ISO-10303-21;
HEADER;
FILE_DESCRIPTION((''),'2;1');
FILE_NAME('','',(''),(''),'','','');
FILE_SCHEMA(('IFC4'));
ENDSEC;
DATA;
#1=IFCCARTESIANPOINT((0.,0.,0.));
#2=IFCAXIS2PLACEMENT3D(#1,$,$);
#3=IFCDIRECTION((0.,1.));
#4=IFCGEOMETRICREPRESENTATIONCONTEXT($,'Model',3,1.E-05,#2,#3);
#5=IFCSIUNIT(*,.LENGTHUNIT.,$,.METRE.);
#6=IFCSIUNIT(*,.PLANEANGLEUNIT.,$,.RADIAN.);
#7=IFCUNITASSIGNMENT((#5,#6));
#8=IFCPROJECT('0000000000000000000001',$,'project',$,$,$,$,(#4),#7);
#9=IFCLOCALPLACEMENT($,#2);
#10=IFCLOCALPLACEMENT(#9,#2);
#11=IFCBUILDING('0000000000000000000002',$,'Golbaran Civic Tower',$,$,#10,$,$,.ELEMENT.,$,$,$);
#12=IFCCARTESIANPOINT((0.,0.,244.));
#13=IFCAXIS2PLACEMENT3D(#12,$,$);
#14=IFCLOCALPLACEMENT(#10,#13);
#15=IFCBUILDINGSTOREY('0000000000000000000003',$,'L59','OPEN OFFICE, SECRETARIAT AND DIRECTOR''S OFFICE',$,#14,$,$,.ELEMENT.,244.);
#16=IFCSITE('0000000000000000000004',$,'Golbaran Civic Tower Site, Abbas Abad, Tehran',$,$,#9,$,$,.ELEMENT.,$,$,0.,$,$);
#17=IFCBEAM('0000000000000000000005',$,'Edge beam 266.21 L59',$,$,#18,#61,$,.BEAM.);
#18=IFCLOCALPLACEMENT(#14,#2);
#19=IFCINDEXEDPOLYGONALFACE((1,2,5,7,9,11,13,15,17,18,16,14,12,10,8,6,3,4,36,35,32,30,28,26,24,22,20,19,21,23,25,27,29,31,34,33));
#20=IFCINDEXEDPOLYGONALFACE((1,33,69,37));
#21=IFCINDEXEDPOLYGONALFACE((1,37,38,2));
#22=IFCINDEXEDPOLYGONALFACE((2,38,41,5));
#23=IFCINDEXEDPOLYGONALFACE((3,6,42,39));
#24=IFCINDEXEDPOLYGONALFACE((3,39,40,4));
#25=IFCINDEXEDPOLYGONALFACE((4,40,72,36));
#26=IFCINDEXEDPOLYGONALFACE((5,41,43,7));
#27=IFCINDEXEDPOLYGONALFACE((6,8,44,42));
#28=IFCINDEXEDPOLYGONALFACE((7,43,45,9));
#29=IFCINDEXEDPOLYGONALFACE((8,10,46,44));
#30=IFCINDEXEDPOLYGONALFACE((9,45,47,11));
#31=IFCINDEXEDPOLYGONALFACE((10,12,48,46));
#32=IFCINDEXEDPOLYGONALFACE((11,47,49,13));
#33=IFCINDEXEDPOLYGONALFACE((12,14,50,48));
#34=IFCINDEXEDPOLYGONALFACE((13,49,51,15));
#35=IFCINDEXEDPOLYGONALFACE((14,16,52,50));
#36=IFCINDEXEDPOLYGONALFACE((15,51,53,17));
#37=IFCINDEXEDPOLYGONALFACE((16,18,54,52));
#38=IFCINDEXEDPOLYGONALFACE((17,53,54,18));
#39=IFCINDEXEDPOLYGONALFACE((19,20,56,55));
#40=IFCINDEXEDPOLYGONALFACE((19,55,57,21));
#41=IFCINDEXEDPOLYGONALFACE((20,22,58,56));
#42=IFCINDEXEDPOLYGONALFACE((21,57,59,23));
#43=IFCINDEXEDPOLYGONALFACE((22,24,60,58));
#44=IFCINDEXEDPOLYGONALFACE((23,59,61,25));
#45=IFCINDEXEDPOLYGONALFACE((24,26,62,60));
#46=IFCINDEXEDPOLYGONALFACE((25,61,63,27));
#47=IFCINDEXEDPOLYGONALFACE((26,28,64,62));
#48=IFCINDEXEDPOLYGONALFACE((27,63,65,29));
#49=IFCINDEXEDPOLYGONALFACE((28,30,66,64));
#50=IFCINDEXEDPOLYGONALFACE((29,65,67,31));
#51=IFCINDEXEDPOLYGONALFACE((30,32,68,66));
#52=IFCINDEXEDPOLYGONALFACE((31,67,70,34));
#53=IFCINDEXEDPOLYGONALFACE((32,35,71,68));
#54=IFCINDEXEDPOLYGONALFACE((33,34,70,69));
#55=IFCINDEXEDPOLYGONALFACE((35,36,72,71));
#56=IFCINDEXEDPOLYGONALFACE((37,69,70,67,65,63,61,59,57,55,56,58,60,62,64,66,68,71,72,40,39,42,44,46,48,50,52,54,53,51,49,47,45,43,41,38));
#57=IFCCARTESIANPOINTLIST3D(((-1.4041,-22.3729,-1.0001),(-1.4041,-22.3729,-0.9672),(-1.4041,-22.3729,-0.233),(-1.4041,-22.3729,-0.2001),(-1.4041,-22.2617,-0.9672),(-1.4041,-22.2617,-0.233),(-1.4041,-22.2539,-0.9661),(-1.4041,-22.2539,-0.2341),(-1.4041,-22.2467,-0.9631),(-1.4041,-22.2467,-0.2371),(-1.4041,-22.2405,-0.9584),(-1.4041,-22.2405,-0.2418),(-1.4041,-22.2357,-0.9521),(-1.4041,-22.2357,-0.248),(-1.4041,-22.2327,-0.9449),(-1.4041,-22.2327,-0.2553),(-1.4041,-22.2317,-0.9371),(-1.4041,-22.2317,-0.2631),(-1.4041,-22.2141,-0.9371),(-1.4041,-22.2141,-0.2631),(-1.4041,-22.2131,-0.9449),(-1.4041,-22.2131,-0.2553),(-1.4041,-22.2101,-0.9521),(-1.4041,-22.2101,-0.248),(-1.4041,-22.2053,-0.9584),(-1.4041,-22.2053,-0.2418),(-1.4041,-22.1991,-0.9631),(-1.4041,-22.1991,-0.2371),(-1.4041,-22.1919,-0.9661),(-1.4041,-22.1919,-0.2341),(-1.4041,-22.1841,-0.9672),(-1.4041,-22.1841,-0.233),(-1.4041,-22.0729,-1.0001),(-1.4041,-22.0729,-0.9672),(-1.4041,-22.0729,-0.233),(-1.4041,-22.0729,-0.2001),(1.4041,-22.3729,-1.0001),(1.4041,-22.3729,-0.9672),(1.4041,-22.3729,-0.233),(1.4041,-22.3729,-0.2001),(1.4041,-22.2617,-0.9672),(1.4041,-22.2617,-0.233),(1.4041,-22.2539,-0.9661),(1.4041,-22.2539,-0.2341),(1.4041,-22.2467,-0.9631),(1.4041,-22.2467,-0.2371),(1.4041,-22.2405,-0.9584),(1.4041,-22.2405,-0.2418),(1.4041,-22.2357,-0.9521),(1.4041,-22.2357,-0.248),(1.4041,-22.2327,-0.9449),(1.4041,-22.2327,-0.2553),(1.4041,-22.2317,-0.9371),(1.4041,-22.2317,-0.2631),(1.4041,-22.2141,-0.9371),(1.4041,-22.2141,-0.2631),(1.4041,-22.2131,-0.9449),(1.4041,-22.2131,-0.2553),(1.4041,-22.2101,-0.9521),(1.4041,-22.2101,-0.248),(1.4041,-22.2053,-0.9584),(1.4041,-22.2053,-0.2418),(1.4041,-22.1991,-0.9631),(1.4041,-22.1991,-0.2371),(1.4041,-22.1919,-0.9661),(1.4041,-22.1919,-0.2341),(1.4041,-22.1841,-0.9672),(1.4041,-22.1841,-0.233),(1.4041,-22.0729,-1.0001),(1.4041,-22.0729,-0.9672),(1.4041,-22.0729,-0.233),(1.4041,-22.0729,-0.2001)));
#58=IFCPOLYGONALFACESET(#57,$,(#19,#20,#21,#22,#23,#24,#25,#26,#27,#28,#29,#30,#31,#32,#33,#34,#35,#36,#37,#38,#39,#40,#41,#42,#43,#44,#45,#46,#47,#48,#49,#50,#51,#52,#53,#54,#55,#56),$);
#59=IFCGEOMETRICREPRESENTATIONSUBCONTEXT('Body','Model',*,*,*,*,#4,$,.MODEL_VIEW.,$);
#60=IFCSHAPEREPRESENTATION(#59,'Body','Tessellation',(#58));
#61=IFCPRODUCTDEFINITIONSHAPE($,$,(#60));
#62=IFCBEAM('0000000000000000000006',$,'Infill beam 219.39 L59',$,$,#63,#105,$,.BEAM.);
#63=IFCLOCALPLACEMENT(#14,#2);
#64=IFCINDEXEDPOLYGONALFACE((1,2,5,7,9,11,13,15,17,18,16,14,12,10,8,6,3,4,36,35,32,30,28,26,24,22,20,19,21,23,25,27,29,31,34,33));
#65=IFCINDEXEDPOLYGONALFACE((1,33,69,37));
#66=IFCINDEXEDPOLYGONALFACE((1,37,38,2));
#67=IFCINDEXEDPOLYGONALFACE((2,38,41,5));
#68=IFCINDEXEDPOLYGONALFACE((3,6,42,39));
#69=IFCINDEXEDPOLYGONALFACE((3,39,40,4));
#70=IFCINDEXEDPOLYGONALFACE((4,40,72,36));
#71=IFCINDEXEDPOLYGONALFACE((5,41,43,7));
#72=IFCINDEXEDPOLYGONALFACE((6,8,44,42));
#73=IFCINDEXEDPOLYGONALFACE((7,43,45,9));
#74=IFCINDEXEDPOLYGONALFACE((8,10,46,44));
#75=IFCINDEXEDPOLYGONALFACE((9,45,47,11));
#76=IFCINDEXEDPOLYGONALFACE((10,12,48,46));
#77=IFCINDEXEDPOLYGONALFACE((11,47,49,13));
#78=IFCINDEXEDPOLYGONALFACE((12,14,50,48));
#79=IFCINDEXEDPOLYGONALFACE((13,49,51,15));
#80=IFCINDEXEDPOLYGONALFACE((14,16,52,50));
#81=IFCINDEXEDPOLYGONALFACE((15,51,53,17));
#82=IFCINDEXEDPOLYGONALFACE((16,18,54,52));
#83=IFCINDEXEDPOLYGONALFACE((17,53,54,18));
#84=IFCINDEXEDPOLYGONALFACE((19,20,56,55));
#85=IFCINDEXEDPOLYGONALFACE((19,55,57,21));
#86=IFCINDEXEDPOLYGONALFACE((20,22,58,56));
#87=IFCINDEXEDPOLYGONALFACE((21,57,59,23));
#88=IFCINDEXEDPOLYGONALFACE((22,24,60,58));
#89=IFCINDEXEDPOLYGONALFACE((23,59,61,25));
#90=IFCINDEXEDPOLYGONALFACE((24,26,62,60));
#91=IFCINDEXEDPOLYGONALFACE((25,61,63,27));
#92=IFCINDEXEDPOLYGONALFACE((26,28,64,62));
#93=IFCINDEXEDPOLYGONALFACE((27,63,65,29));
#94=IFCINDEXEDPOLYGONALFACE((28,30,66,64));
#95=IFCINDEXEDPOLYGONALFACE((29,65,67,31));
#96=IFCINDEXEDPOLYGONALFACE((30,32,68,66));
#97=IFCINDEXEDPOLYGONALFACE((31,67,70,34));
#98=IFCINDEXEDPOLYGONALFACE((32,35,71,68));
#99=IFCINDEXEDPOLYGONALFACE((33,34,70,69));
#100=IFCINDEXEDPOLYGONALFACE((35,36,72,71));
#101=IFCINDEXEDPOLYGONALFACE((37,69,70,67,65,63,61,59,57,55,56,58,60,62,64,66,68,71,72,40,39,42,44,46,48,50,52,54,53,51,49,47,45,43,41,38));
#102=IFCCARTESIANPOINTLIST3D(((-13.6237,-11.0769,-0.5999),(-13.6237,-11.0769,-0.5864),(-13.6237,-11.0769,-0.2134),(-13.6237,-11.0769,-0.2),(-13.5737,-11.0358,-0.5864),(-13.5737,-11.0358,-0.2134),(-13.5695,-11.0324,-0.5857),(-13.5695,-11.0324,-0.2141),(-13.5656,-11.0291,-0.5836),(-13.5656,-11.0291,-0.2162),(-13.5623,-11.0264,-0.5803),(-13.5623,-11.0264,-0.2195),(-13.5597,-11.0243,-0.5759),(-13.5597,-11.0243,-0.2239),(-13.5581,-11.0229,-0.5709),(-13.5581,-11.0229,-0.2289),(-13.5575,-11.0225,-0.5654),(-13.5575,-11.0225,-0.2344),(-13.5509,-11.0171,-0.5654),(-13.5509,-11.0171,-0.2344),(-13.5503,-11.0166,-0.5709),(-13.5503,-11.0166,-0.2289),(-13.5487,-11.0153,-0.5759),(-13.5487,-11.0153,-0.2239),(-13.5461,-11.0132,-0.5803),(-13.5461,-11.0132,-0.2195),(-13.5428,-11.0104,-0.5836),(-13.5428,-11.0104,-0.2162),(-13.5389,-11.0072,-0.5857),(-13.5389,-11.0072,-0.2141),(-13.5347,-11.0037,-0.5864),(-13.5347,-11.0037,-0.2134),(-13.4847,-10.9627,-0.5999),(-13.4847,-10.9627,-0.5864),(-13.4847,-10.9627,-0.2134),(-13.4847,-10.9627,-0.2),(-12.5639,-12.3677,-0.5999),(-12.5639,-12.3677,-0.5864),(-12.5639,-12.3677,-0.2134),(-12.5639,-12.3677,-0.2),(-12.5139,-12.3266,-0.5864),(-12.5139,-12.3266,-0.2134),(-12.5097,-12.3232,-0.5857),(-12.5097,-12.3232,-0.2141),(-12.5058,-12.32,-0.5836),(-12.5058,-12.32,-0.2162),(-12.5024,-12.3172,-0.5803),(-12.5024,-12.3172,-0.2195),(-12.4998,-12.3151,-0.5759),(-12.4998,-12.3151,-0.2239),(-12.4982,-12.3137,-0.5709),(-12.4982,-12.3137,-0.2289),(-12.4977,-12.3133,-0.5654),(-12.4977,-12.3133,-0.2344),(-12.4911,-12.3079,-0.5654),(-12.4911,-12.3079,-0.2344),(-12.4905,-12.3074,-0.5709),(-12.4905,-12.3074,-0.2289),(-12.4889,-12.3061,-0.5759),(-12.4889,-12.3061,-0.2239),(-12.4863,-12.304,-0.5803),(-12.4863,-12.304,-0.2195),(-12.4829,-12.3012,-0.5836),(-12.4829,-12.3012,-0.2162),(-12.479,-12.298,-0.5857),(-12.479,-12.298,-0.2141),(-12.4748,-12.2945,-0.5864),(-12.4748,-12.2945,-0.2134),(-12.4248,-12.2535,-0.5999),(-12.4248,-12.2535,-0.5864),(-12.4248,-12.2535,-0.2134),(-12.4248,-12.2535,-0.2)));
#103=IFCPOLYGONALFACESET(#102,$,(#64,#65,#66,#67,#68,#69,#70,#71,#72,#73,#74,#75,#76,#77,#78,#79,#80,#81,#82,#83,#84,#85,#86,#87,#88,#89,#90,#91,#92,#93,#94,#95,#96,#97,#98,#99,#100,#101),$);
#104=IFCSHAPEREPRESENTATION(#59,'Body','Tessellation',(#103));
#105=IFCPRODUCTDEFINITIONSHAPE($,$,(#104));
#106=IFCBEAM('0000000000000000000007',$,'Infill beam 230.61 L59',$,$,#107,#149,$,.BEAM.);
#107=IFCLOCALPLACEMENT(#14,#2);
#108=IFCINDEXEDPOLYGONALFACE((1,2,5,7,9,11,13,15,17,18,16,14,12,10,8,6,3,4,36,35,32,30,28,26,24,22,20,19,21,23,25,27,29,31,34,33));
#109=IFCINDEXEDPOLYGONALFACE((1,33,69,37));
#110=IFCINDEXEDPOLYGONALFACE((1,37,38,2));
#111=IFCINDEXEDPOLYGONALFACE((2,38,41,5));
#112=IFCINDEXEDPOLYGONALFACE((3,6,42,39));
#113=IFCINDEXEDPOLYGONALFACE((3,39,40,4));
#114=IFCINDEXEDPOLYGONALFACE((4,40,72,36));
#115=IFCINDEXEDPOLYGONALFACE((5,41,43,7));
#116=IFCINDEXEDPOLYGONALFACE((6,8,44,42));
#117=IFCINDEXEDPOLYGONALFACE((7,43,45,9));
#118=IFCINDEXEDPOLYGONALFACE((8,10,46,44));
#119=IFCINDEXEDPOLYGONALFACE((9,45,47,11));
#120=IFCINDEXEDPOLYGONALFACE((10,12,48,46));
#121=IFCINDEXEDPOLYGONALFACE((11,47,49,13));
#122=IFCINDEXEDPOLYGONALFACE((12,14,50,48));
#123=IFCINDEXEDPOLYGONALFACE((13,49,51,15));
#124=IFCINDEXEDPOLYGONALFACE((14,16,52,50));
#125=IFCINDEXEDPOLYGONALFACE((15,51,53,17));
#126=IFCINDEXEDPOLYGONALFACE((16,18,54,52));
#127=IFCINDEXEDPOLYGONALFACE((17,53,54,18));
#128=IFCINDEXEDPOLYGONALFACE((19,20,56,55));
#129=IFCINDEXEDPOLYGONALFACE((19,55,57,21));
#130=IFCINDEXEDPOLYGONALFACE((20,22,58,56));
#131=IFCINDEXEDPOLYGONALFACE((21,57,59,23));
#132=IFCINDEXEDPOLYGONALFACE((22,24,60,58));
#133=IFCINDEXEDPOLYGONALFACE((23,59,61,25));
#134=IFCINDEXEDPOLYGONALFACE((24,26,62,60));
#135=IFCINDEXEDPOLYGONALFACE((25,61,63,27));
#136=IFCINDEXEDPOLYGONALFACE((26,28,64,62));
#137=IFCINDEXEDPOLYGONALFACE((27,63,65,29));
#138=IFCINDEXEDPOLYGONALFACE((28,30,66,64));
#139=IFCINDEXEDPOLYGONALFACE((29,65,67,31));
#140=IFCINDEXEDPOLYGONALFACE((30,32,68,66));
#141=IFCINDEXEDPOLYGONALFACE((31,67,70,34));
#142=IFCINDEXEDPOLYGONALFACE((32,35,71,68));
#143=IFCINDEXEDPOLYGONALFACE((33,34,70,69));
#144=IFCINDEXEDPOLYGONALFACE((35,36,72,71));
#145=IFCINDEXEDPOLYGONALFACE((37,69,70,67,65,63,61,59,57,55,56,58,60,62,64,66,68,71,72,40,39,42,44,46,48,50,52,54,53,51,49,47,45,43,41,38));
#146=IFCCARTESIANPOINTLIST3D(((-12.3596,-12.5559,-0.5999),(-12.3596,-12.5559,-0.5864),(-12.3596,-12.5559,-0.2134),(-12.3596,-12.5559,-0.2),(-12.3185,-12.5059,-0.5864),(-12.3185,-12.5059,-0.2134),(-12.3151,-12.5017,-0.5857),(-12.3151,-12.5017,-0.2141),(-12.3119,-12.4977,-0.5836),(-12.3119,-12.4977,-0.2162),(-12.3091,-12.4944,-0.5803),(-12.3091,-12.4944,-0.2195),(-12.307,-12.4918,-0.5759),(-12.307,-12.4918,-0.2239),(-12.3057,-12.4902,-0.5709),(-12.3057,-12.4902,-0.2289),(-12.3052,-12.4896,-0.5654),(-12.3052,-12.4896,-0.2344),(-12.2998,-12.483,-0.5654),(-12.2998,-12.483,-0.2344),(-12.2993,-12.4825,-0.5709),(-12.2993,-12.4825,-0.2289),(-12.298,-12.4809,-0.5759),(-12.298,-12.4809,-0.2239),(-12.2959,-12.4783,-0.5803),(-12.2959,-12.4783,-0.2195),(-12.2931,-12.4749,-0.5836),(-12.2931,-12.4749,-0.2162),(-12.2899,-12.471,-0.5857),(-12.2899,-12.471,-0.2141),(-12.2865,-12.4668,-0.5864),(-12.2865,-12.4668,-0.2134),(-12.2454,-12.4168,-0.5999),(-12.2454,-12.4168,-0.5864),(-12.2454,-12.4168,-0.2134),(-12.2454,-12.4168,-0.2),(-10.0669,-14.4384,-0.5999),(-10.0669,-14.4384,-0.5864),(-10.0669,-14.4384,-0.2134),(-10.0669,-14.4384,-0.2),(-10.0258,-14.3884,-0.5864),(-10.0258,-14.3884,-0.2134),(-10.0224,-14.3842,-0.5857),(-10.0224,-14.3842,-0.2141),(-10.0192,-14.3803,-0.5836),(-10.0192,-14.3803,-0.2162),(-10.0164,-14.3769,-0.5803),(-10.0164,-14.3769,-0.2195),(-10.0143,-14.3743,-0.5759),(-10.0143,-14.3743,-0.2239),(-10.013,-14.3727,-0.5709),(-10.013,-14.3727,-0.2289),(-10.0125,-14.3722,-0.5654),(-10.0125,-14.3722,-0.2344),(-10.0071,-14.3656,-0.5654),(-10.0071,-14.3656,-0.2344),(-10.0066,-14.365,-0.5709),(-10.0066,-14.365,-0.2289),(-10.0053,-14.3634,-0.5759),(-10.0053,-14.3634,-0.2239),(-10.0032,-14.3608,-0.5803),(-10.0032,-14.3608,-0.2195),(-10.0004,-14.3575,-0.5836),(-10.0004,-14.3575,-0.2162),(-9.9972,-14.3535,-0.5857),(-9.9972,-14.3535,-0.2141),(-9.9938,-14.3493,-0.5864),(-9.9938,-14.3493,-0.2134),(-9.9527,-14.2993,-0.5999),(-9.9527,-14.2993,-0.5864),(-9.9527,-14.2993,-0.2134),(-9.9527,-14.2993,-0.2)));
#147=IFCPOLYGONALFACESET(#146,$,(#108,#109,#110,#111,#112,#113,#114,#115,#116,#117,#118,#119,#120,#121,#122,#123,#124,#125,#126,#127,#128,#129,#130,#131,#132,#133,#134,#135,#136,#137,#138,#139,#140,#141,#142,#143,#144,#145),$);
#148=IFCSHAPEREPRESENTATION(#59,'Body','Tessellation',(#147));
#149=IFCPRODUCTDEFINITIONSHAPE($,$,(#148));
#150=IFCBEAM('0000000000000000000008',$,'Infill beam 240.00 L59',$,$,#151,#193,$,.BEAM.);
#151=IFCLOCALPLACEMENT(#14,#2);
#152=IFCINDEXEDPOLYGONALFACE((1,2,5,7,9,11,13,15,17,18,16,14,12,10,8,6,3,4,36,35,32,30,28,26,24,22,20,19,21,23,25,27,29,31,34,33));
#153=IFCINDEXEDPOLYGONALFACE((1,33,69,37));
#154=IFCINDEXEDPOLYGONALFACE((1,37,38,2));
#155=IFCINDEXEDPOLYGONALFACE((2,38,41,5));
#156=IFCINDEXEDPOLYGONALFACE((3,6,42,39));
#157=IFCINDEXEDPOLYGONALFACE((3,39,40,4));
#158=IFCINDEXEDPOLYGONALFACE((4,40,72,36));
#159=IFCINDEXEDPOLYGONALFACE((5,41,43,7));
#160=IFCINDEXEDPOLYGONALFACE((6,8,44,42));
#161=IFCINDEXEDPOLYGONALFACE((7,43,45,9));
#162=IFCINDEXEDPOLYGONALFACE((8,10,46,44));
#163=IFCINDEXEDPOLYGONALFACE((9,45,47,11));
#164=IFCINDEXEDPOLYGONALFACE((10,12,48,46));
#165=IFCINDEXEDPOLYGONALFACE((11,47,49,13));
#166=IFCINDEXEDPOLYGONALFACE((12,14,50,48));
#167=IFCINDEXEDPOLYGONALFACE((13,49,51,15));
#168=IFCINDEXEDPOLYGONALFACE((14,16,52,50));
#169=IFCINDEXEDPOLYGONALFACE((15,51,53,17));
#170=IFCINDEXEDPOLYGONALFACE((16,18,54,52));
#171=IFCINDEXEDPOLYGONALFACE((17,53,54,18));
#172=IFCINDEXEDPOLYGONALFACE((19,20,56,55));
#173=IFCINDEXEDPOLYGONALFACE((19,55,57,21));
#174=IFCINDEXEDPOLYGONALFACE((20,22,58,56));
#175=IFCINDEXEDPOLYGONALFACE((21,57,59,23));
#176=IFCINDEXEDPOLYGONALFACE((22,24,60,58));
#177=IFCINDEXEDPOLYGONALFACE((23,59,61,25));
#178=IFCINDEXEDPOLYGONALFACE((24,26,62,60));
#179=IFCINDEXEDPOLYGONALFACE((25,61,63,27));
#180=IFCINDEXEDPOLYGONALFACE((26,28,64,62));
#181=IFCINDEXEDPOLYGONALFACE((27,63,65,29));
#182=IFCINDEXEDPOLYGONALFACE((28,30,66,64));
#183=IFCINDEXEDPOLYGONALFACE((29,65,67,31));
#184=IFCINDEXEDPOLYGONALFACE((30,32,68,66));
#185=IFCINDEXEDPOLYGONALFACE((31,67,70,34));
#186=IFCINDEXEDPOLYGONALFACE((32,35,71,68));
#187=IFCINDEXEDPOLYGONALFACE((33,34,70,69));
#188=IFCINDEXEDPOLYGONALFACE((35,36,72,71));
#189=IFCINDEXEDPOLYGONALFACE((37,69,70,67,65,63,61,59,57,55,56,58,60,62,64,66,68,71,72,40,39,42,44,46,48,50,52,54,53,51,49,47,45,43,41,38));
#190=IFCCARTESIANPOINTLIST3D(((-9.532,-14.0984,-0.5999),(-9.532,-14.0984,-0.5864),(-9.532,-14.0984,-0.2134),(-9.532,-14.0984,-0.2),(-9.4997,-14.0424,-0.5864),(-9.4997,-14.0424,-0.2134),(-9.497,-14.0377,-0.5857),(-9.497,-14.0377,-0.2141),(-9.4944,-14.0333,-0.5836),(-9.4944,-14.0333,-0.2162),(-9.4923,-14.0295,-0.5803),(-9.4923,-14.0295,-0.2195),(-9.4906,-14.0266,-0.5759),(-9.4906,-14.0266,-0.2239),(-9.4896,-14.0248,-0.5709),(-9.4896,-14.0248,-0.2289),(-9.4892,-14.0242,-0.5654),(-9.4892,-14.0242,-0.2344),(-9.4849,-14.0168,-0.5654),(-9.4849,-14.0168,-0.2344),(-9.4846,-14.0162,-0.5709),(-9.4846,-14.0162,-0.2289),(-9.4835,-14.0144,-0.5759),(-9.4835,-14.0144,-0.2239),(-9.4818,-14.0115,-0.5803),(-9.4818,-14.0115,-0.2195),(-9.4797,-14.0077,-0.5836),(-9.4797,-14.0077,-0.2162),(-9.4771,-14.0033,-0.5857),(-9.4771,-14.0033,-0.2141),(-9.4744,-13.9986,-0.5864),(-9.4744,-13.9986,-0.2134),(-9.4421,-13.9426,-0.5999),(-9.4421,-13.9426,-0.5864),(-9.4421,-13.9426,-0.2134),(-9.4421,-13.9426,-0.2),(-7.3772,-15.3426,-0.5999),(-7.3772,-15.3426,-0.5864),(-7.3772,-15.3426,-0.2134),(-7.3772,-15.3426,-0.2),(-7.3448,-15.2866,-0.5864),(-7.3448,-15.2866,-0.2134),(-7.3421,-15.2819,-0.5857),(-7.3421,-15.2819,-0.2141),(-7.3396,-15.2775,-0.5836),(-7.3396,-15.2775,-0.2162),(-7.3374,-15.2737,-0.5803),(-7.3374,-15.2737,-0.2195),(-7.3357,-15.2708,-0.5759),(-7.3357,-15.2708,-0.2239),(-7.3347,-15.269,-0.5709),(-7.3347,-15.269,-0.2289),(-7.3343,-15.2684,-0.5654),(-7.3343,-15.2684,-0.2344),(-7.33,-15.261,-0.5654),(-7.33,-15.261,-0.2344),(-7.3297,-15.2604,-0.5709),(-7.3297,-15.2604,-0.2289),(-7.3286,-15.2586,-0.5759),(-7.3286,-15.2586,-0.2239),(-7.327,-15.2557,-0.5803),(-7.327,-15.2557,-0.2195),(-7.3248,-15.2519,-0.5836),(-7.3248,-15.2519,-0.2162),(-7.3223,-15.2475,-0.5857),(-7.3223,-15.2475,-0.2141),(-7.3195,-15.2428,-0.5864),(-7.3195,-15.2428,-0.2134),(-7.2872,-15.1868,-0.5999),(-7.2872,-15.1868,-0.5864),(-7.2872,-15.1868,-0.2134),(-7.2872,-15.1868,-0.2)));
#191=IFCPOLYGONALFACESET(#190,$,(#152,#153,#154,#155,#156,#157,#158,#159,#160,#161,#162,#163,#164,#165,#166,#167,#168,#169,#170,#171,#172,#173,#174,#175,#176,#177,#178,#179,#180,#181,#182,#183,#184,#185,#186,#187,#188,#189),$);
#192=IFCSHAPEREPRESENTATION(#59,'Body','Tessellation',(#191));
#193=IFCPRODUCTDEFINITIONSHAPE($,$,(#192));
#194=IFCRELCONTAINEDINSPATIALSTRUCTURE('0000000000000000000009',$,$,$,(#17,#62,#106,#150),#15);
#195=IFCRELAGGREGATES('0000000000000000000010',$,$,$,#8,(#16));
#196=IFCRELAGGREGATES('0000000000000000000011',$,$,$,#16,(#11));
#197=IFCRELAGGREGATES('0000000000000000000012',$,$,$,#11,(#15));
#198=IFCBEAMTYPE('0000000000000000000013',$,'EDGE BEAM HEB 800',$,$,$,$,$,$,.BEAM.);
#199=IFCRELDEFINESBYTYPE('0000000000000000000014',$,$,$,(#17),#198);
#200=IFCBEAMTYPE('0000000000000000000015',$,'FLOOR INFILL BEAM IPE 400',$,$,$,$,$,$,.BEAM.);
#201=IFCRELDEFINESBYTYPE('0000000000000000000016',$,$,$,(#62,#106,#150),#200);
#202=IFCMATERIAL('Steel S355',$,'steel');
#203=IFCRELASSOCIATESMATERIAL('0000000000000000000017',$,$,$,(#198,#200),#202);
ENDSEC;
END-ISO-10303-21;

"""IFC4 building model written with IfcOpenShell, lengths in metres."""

from ifc_helpers import new_model, si_unit, direction, frame, origin, origin_2d, place, context, subcontext, project, spatial, i_section, extrude, material, material_profile, profile_set, type_object, element, save


model = new_model("IFC4")

# Units and contexts
model_context = context("Model", 3, precision=1e-05, world=origin(), true_north=direction((0.0, 1.0)))
body_context = subcontext(model_context, "Body", "Model", "MODEL_VIEW")
ifc_project = project(units=[si_unit("LENGTHUNIT", "METRE"), si_unit("PLANEANGLEUNIT", "RADIAN")], contexts=[model_context])

# Site, building, storey
site_placement = place(None, origin())
site = spatial("IfcSite", under=ifc_project, at=site_placement, Name="Golbaran Civic Tower Site, Abbas Abad, Tehran", CompositionType="ELEMENT", RefElevation=0.0)
building_placement = place(site_placement, origin())
building = spatial("IfcBuilding", under=site, at=building_placement, Name="Golbaran Civic Tower", CompositionType="ELEMENT")
storey_placement = place(building_placement, frame((0.0, 0.0, 244.0)))
storey = spatial("IfcBuildingStorey", under=building, at=storey_placement, Name="L59", Description="OPEN OFFICE, SECRETARIAT AND DIRECTOR'S OFFICE", CompositionType="ELEMENT", Elevation=244.0)

# Beams
ifc_material_1 = material(Name="Steel S355", Category="steel")
ifc_material_profile_1 = material_profile(ifc_material_1, i_section(OverallWidth=0.3, OverallDepth=0.8, WebThickness=0.0176, FlangeThickness=0.033, FilletRadius=0.03, at=origin_2d()), Name="HEB 800")
ifc_profile_set_1 = profile_set([ifc_material_profile_1], Name="Steel S355")
beam_type_1 = type_object("IfcBeamType", Name="EDGE BEAM HEB 800", PredefinedType="BEAM", material=ifc_profile_set_1)
beam_1_placement = place(storey_placement, frame((-1.4041, -22.2229, -0.6001), z_axis=(1.0, 0.0, 0.0), x_axis=(0.0, 1.0, 0.0)))
element("IfcBeam", 1, at=beam_1_placement, inside=storey, type_object=beam_type_1, Name="Edge beam 266.21 L59", PredefinedType="BEAM", context=body_context, shape_type="SweptSolid", body=[
    extrude(i_section(OverallWidth=0.3, OverallDepth=0.8, WebThickness=0.0176, FlangeThickness=0.033, FilletRadius=0.03, at=origin_2d()), origin(), (0.0, 0.0, 1.0), 2.8081),
])
ifc_material_profile_2 = material_profile(ifc_material_1, i_section(OverallWidth=0.1799, OverallDepth=0.3999, WebThickness=0.0085, FlangeThickness=0.0134, FilletRadius=0.021, at=origin_2d()), Name="IPE 400")
ifc_profile_set_2 = profile_set([ifc_material_profile_2], Name="Steel S355")
beam_type_2 = type_object("IfcBeamType", Name="FLOOR INFILL BEAM IPE 400", PredefinedType="BEAM", material=ifc_profile_set_2)
beam_2_placement = place(storey_placement, frame((-13.5542, -11.0198, -0.3999), z_axis=(0.634574, -0.772862, 0.0), x_axis=(0.772862, 0.634574, 0.0)))
element("IfcBeam", 2, at=beam_2_placement, inside=storey, type_object=beam_type_2, Name="Infill beam 219.39 L59", PredefinedType="BEAM", context=body_context, shape_type="SweptSolid", body=[
    extrude(i_section(OverallWidth=0.1799, OverallDepth=0.3999, WebThickness=0.0085, FlangeThickness=0.0134, FilletRadius=0.021, at=origin_2d()), origin(), (0.0, 0.0, 1.0), 1.6702),
])
beam_3_placement = place(storey_placement, frame((-12.3025, -12.4863, -0.3999), z_axis=(0.772849, -0.63459, 0.0), x_axis=(0.63459, 0.772849, 0.0)))
element("IfcBeam", 3, at=beam_3_placement, inside=storey, type_object=beam_type_2, Name="Infill beam 230.61 L59", PredefinedType="BEAM", context=body_context, shape_type="SweptSolid", body=[
    extrude(i_section(OverallWidth=0.1799, OverallDepth=0.3999, WebThickness=0.0085, FlangeThickness=0.0134, FilletRadius=0.021, at=origin_2d()), origin(), (0.0, 0.0, 1.0), 2.9666),
])
beam_4_placement = place(storey_placement, frame((-9.4871, -14.0205, -0.3999), z_axis=(0.866012, -0.500023, 0.0), x_axis=(0.500023, 0.866012, 0.0)))
element("IfcBeam", 4, at=beam_4_placement, inside=storey, type_object=beam_type_2, Name="Infill beam 240.00 L59", PredefinedType="BEAM", context=body_context, shape_type="SweptSolid", body=[
    extrude(i_section(OverallWidth=0.1799, OverallDepth=0.3999, WebThickness=0.0085, FlangeThickness=0.0134, FilletRadius=0.021, at=origin_2d()), origin(), (0.0, 0.0, 1.0), 2.4883),
])

save(model, "model.ifc")
